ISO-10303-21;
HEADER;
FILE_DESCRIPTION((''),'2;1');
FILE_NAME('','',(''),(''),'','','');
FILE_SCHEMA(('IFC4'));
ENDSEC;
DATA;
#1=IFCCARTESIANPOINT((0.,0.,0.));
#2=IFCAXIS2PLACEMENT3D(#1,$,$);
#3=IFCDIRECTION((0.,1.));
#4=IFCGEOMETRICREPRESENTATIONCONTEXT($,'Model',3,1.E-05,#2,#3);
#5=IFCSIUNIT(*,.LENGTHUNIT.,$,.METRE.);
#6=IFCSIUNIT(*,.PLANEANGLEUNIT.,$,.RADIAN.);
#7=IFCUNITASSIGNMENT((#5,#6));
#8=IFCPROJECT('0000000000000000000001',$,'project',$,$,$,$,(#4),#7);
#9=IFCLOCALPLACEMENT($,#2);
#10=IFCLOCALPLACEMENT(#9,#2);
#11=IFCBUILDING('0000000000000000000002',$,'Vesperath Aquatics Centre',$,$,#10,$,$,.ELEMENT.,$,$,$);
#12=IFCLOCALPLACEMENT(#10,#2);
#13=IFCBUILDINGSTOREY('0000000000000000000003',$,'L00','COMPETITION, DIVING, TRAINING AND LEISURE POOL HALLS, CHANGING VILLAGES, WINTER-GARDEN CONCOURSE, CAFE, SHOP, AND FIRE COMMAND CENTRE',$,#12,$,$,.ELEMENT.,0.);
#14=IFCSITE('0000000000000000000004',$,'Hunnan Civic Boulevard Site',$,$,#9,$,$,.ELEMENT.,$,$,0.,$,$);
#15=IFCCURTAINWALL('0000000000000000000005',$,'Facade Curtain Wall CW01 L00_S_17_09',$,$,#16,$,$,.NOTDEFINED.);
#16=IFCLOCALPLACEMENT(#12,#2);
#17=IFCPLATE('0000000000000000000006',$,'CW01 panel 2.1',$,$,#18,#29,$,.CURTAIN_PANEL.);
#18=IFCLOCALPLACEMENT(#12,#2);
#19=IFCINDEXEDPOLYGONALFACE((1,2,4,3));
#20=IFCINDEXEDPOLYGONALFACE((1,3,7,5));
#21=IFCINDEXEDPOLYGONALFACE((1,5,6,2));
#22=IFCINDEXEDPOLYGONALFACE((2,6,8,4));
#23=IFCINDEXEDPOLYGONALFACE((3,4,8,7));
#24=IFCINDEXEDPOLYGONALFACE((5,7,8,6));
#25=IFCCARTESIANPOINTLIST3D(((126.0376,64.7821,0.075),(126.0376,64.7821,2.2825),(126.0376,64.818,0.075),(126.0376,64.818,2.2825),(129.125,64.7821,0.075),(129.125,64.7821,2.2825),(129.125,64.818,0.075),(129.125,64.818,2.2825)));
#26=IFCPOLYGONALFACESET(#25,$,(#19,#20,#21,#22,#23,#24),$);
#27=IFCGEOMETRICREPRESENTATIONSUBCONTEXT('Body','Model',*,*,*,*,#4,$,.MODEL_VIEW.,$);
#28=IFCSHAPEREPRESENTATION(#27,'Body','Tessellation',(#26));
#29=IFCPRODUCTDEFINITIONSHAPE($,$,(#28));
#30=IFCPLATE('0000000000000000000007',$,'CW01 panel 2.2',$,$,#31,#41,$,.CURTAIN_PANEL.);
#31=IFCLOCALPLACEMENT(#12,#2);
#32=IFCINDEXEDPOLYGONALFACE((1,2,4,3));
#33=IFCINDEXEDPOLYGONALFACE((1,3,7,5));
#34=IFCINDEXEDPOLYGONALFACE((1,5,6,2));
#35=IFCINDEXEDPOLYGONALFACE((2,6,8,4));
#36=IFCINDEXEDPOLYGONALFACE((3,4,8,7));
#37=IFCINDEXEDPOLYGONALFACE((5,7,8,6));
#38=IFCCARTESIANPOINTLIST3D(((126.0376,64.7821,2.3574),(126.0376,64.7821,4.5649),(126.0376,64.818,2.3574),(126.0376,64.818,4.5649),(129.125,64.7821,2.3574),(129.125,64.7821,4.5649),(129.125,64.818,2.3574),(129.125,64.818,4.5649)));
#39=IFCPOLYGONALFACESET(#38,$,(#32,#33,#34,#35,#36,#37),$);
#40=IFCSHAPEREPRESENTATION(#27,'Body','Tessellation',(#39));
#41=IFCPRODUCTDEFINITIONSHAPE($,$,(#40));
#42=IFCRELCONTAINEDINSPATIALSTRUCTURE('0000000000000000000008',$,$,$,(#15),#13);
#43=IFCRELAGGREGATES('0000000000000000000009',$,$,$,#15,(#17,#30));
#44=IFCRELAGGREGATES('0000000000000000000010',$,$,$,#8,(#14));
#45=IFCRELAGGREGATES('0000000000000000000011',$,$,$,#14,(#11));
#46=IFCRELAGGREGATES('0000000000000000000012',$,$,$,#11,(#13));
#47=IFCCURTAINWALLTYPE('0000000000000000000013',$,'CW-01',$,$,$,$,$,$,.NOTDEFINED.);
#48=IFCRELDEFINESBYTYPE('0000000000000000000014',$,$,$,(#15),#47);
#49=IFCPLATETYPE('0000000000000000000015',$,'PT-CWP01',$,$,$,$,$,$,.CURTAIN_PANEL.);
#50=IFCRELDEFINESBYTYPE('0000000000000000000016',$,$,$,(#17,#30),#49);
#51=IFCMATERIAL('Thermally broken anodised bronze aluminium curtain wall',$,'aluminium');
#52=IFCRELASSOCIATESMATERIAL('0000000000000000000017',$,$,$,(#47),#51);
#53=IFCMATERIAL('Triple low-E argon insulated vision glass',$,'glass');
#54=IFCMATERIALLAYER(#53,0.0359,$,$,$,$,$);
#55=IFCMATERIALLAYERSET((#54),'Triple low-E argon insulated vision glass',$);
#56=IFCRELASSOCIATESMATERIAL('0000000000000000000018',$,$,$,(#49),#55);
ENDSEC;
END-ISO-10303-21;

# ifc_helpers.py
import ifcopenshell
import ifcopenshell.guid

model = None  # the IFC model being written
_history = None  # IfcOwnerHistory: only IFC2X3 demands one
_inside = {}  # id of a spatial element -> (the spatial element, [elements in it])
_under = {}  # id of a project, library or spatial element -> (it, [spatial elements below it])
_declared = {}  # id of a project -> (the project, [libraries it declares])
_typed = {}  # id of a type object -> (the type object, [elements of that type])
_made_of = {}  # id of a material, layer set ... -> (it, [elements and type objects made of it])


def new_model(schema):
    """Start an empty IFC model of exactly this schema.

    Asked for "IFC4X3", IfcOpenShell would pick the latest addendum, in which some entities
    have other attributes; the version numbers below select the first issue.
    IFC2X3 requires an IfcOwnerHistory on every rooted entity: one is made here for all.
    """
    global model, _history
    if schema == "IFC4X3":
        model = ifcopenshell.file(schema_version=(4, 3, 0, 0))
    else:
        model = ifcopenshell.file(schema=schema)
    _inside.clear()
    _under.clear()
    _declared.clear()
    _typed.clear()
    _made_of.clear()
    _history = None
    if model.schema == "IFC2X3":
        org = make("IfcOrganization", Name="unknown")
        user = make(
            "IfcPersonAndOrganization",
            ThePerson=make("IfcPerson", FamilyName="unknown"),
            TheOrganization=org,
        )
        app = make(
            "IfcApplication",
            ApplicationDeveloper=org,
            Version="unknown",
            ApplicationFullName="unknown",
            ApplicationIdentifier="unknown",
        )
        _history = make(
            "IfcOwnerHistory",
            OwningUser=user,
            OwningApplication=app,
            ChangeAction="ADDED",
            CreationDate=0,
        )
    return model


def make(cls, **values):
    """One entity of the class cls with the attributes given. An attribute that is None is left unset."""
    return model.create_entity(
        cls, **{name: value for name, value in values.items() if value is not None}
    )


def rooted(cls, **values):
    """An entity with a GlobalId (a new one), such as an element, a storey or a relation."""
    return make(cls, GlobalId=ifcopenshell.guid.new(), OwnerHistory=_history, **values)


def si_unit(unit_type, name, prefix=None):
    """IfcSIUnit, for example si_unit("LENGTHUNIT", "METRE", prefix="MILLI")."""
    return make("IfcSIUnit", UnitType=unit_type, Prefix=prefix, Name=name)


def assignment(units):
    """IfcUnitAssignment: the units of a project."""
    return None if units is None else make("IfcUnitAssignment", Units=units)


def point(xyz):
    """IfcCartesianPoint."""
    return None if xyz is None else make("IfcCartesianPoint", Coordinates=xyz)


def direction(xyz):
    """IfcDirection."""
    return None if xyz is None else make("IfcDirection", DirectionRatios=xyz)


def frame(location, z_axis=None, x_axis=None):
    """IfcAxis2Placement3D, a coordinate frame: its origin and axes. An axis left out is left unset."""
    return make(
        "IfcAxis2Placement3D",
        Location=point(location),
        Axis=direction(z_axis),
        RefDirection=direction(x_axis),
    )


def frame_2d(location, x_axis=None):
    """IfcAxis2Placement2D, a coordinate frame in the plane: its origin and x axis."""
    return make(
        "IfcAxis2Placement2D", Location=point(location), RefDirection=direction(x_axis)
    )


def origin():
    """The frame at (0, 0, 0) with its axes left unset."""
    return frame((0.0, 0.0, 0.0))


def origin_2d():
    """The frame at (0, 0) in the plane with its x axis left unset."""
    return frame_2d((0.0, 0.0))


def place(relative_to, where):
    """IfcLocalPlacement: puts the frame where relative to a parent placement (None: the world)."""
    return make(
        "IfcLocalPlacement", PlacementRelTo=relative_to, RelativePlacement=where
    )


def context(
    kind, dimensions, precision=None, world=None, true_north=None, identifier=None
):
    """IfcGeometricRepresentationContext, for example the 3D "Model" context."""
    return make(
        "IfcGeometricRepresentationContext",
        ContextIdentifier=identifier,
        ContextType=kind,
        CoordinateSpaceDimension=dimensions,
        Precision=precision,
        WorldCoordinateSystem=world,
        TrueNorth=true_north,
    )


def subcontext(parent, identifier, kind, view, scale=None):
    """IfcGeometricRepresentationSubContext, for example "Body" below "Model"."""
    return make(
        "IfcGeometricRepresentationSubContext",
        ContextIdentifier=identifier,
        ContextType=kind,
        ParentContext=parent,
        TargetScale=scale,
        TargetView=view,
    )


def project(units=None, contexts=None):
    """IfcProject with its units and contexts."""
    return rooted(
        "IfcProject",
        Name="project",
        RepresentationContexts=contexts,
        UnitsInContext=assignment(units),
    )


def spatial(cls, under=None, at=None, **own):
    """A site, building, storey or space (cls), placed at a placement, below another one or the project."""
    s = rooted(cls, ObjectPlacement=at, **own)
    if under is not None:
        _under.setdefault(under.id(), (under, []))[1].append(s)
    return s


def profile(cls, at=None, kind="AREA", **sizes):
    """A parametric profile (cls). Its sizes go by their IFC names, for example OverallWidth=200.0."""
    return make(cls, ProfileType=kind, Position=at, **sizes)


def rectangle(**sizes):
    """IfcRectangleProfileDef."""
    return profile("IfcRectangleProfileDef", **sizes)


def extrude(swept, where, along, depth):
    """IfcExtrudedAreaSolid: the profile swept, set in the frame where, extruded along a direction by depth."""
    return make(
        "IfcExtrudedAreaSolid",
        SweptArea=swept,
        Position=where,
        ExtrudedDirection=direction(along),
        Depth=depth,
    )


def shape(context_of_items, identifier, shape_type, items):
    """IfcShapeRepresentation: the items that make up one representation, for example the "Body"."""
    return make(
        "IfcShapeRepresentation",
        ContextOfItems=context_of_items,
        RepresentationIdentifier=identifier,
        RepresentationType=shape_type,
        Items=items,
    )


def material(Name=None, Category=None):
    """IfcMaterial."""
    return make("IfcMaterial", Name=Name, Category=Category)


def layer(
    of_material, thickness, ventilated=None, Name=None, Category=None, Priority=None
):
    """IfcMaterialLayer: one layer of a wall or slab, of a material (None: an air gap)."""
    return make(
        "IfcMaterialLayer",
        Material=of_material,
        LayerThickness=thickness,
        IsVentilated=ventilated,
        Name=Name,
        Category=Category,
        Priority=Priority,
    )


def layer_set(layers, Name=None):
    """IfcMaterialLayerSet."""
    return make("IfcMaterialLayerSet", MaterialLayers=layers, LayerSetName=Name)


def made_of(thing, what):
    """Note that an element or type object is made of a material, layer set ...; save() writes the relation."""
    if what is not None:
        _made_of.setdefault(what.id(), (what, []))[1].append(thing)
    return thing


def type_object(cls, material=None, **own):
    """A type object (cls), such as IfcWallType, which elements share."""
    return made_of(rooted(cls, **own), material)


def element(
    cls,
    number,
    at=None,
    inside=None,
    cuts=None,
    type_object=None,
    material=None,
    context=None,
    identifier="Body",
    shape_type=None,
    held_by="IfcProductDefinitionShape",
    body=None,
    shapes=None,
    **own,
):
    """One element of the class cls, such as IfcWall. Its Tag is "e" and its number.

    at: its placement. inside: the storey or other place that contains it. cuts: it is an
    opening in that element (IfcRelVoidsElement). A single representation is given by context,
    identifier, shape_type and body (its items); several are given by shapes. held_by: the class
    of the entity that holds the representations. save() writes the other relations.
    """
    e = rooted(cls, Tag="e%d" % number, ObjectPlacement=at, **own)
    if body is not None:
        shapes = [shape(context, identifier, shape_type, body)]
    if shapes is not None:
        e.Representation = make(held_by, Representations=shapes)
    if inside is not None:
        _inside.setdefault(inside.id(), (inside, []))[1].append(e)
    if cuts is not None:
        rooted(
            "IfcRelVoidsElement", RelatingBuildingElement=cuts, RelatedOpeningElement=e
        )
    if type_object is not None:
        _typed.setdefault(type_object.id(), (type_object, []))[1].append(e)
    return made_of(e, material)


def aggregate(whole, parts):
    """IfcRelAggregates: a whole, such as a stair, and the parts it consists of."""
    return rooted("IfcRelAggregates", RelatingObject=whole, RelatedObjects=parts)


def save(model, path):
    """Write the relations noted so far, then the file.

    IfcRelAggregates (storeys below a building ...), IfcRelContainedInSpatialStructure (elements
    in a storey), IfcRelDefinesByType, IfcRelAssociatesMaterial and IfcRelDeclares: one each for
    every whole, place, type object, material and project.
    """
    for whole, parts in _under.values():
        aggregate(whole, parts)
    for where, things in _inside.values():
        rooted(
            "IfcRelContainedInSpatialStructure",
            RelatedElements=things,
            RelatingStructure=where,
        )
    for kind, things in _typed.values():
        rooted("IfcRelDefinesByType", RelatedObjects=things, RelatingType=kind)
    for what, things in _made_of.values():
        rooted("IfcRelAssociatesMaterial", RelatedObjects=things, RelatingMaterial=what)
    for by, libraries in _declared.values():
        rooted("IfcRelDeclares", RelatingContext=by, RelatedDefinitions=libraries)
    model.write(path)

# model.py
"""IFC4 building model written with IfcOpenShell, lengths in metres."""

from ifc_helpers import new_model, si_unit, direction, frame, origin, origin_2d, place, context, subcontext, project, spatial, rectangle, extrude, material, layer, layer_set, type_object, element, aggregate, save


model = new_model("IFC4")

# Units and contexts
model_context = context("Model", 3, precision=1e-05, world=origin(), true_north=direction((0.0, 1.0)))
body_context = subcontext(model_context, "Body", "Model", "MODEL_VIEW")
ifc_project = project(units=[si_unit("LENGTHUNIT", "METRE"), si_unit("PLANEANGLEUNIT", "RADIAN")], contexts=[model_context])

# Site, building, storey
site_placement = place(None, origin())
site = spatial("IfcSite", under=ifc_project, at=site_placement, Name="Hunnan Civic Boulevard Site", CompositionType="ELEMENT", RefElevation=0.0)
building_placement = place(site_placement, origin())
building = spatial("IfcBuilding", under=site, at=building_placement, Name="Vesperath Aquatics Centre", CompositionType="ELEMENT")
storey_placement = place(building_placement, origin())
storey = spatial("IfcBuildingStorey", under=building, at=storey_placement, Name="L00", Description="COMPETITION, DIVING, TRAINING AND LEISURE POOL HALLS, CHANGING VILLAGES, WINTER-GARDEN CONCOURSE, CAFE, SHOP, AND FIRE COMMAND CENTRE", CompositionType="ELEMENT", Elevation=0.0)

# Curtain wall
ifc_material_1 = material(Name="Thermally broken anodised bronze aluminium curtain wall", Category="aluminium")
curtain_wall_type = type_object("IfcCurtainWallType", Name="CW-01", PredefinedType="NOTDEFINED", material=ifc_material_1)
curtain_wall_1_placement = place(storey_placement, origin())
curtain_wall_1 = element("IfcCurtainWall", 1, at=curtain_wall_1_placement, inside=storey, type_object=curtain_wall_type, Name="Facade Curtain Wall CW01 L00_S_17_09", PredefinedType="NOTDEFINED")

# Plates
ifc_material_2 = material(Name="Triple low-E argon insulated vision glass", Category="glass")
ifc_layer = layer(ifc_material_2, 0.0359)
ifc_layer_set = layer_set([ifc_layer], Name="Triple low-E argon insulated vision glass")
plate_type = type_object("IfcPlateType", Name="PT-CWP01", PredefinedType="CURTAIN_PANEL", material=ifc_layer_set)
plate_1_placement = place(storey_placement, frame((127.5813, 64.8, 0.075), z_axis=(0.0, 0.0, 1.0), x_axis=(1.0, 0.0, 0.0)))
plate_1 = element("IfcPlate", 2, at=plate_1_placement, type_object=plate_type, Name="CW01 panel 2.1", PredefinedType="CURTAIN_PANEL", context=body_context, shape_type="SweptSolid", body=[
    extrude(rectangle(XDim=3.0874, YDim=0.0359, at=origin_2d()), origin(), (0.0, 0.0, 1.0), 2.2075),
])
plate_2_placement = place(storey_placement, frame((127.5813, 64.8, 2.3574), z_axis=(0.0, 0.0, 1.0), x_axis=(1.0, 0.0, 0.0)))
plate_2 = element("IfcPlate", 3, at=plate_2_placement, type_object=plate_type, Name="CW01 panel 2.2", PredefinedType="CURTAIN_PANEL", context=body_context, shape_type="SweptSolid", body=[
    extrude(rectangle(XDim=3.0874, YDim=0.0359, at=origin_2d()), origin(), (0.0, 0.0, 1.0), 2.2075),
])
aggregate(curtain_wall_1, [plate_1, plate_2])

save(model, "model.ifc")
